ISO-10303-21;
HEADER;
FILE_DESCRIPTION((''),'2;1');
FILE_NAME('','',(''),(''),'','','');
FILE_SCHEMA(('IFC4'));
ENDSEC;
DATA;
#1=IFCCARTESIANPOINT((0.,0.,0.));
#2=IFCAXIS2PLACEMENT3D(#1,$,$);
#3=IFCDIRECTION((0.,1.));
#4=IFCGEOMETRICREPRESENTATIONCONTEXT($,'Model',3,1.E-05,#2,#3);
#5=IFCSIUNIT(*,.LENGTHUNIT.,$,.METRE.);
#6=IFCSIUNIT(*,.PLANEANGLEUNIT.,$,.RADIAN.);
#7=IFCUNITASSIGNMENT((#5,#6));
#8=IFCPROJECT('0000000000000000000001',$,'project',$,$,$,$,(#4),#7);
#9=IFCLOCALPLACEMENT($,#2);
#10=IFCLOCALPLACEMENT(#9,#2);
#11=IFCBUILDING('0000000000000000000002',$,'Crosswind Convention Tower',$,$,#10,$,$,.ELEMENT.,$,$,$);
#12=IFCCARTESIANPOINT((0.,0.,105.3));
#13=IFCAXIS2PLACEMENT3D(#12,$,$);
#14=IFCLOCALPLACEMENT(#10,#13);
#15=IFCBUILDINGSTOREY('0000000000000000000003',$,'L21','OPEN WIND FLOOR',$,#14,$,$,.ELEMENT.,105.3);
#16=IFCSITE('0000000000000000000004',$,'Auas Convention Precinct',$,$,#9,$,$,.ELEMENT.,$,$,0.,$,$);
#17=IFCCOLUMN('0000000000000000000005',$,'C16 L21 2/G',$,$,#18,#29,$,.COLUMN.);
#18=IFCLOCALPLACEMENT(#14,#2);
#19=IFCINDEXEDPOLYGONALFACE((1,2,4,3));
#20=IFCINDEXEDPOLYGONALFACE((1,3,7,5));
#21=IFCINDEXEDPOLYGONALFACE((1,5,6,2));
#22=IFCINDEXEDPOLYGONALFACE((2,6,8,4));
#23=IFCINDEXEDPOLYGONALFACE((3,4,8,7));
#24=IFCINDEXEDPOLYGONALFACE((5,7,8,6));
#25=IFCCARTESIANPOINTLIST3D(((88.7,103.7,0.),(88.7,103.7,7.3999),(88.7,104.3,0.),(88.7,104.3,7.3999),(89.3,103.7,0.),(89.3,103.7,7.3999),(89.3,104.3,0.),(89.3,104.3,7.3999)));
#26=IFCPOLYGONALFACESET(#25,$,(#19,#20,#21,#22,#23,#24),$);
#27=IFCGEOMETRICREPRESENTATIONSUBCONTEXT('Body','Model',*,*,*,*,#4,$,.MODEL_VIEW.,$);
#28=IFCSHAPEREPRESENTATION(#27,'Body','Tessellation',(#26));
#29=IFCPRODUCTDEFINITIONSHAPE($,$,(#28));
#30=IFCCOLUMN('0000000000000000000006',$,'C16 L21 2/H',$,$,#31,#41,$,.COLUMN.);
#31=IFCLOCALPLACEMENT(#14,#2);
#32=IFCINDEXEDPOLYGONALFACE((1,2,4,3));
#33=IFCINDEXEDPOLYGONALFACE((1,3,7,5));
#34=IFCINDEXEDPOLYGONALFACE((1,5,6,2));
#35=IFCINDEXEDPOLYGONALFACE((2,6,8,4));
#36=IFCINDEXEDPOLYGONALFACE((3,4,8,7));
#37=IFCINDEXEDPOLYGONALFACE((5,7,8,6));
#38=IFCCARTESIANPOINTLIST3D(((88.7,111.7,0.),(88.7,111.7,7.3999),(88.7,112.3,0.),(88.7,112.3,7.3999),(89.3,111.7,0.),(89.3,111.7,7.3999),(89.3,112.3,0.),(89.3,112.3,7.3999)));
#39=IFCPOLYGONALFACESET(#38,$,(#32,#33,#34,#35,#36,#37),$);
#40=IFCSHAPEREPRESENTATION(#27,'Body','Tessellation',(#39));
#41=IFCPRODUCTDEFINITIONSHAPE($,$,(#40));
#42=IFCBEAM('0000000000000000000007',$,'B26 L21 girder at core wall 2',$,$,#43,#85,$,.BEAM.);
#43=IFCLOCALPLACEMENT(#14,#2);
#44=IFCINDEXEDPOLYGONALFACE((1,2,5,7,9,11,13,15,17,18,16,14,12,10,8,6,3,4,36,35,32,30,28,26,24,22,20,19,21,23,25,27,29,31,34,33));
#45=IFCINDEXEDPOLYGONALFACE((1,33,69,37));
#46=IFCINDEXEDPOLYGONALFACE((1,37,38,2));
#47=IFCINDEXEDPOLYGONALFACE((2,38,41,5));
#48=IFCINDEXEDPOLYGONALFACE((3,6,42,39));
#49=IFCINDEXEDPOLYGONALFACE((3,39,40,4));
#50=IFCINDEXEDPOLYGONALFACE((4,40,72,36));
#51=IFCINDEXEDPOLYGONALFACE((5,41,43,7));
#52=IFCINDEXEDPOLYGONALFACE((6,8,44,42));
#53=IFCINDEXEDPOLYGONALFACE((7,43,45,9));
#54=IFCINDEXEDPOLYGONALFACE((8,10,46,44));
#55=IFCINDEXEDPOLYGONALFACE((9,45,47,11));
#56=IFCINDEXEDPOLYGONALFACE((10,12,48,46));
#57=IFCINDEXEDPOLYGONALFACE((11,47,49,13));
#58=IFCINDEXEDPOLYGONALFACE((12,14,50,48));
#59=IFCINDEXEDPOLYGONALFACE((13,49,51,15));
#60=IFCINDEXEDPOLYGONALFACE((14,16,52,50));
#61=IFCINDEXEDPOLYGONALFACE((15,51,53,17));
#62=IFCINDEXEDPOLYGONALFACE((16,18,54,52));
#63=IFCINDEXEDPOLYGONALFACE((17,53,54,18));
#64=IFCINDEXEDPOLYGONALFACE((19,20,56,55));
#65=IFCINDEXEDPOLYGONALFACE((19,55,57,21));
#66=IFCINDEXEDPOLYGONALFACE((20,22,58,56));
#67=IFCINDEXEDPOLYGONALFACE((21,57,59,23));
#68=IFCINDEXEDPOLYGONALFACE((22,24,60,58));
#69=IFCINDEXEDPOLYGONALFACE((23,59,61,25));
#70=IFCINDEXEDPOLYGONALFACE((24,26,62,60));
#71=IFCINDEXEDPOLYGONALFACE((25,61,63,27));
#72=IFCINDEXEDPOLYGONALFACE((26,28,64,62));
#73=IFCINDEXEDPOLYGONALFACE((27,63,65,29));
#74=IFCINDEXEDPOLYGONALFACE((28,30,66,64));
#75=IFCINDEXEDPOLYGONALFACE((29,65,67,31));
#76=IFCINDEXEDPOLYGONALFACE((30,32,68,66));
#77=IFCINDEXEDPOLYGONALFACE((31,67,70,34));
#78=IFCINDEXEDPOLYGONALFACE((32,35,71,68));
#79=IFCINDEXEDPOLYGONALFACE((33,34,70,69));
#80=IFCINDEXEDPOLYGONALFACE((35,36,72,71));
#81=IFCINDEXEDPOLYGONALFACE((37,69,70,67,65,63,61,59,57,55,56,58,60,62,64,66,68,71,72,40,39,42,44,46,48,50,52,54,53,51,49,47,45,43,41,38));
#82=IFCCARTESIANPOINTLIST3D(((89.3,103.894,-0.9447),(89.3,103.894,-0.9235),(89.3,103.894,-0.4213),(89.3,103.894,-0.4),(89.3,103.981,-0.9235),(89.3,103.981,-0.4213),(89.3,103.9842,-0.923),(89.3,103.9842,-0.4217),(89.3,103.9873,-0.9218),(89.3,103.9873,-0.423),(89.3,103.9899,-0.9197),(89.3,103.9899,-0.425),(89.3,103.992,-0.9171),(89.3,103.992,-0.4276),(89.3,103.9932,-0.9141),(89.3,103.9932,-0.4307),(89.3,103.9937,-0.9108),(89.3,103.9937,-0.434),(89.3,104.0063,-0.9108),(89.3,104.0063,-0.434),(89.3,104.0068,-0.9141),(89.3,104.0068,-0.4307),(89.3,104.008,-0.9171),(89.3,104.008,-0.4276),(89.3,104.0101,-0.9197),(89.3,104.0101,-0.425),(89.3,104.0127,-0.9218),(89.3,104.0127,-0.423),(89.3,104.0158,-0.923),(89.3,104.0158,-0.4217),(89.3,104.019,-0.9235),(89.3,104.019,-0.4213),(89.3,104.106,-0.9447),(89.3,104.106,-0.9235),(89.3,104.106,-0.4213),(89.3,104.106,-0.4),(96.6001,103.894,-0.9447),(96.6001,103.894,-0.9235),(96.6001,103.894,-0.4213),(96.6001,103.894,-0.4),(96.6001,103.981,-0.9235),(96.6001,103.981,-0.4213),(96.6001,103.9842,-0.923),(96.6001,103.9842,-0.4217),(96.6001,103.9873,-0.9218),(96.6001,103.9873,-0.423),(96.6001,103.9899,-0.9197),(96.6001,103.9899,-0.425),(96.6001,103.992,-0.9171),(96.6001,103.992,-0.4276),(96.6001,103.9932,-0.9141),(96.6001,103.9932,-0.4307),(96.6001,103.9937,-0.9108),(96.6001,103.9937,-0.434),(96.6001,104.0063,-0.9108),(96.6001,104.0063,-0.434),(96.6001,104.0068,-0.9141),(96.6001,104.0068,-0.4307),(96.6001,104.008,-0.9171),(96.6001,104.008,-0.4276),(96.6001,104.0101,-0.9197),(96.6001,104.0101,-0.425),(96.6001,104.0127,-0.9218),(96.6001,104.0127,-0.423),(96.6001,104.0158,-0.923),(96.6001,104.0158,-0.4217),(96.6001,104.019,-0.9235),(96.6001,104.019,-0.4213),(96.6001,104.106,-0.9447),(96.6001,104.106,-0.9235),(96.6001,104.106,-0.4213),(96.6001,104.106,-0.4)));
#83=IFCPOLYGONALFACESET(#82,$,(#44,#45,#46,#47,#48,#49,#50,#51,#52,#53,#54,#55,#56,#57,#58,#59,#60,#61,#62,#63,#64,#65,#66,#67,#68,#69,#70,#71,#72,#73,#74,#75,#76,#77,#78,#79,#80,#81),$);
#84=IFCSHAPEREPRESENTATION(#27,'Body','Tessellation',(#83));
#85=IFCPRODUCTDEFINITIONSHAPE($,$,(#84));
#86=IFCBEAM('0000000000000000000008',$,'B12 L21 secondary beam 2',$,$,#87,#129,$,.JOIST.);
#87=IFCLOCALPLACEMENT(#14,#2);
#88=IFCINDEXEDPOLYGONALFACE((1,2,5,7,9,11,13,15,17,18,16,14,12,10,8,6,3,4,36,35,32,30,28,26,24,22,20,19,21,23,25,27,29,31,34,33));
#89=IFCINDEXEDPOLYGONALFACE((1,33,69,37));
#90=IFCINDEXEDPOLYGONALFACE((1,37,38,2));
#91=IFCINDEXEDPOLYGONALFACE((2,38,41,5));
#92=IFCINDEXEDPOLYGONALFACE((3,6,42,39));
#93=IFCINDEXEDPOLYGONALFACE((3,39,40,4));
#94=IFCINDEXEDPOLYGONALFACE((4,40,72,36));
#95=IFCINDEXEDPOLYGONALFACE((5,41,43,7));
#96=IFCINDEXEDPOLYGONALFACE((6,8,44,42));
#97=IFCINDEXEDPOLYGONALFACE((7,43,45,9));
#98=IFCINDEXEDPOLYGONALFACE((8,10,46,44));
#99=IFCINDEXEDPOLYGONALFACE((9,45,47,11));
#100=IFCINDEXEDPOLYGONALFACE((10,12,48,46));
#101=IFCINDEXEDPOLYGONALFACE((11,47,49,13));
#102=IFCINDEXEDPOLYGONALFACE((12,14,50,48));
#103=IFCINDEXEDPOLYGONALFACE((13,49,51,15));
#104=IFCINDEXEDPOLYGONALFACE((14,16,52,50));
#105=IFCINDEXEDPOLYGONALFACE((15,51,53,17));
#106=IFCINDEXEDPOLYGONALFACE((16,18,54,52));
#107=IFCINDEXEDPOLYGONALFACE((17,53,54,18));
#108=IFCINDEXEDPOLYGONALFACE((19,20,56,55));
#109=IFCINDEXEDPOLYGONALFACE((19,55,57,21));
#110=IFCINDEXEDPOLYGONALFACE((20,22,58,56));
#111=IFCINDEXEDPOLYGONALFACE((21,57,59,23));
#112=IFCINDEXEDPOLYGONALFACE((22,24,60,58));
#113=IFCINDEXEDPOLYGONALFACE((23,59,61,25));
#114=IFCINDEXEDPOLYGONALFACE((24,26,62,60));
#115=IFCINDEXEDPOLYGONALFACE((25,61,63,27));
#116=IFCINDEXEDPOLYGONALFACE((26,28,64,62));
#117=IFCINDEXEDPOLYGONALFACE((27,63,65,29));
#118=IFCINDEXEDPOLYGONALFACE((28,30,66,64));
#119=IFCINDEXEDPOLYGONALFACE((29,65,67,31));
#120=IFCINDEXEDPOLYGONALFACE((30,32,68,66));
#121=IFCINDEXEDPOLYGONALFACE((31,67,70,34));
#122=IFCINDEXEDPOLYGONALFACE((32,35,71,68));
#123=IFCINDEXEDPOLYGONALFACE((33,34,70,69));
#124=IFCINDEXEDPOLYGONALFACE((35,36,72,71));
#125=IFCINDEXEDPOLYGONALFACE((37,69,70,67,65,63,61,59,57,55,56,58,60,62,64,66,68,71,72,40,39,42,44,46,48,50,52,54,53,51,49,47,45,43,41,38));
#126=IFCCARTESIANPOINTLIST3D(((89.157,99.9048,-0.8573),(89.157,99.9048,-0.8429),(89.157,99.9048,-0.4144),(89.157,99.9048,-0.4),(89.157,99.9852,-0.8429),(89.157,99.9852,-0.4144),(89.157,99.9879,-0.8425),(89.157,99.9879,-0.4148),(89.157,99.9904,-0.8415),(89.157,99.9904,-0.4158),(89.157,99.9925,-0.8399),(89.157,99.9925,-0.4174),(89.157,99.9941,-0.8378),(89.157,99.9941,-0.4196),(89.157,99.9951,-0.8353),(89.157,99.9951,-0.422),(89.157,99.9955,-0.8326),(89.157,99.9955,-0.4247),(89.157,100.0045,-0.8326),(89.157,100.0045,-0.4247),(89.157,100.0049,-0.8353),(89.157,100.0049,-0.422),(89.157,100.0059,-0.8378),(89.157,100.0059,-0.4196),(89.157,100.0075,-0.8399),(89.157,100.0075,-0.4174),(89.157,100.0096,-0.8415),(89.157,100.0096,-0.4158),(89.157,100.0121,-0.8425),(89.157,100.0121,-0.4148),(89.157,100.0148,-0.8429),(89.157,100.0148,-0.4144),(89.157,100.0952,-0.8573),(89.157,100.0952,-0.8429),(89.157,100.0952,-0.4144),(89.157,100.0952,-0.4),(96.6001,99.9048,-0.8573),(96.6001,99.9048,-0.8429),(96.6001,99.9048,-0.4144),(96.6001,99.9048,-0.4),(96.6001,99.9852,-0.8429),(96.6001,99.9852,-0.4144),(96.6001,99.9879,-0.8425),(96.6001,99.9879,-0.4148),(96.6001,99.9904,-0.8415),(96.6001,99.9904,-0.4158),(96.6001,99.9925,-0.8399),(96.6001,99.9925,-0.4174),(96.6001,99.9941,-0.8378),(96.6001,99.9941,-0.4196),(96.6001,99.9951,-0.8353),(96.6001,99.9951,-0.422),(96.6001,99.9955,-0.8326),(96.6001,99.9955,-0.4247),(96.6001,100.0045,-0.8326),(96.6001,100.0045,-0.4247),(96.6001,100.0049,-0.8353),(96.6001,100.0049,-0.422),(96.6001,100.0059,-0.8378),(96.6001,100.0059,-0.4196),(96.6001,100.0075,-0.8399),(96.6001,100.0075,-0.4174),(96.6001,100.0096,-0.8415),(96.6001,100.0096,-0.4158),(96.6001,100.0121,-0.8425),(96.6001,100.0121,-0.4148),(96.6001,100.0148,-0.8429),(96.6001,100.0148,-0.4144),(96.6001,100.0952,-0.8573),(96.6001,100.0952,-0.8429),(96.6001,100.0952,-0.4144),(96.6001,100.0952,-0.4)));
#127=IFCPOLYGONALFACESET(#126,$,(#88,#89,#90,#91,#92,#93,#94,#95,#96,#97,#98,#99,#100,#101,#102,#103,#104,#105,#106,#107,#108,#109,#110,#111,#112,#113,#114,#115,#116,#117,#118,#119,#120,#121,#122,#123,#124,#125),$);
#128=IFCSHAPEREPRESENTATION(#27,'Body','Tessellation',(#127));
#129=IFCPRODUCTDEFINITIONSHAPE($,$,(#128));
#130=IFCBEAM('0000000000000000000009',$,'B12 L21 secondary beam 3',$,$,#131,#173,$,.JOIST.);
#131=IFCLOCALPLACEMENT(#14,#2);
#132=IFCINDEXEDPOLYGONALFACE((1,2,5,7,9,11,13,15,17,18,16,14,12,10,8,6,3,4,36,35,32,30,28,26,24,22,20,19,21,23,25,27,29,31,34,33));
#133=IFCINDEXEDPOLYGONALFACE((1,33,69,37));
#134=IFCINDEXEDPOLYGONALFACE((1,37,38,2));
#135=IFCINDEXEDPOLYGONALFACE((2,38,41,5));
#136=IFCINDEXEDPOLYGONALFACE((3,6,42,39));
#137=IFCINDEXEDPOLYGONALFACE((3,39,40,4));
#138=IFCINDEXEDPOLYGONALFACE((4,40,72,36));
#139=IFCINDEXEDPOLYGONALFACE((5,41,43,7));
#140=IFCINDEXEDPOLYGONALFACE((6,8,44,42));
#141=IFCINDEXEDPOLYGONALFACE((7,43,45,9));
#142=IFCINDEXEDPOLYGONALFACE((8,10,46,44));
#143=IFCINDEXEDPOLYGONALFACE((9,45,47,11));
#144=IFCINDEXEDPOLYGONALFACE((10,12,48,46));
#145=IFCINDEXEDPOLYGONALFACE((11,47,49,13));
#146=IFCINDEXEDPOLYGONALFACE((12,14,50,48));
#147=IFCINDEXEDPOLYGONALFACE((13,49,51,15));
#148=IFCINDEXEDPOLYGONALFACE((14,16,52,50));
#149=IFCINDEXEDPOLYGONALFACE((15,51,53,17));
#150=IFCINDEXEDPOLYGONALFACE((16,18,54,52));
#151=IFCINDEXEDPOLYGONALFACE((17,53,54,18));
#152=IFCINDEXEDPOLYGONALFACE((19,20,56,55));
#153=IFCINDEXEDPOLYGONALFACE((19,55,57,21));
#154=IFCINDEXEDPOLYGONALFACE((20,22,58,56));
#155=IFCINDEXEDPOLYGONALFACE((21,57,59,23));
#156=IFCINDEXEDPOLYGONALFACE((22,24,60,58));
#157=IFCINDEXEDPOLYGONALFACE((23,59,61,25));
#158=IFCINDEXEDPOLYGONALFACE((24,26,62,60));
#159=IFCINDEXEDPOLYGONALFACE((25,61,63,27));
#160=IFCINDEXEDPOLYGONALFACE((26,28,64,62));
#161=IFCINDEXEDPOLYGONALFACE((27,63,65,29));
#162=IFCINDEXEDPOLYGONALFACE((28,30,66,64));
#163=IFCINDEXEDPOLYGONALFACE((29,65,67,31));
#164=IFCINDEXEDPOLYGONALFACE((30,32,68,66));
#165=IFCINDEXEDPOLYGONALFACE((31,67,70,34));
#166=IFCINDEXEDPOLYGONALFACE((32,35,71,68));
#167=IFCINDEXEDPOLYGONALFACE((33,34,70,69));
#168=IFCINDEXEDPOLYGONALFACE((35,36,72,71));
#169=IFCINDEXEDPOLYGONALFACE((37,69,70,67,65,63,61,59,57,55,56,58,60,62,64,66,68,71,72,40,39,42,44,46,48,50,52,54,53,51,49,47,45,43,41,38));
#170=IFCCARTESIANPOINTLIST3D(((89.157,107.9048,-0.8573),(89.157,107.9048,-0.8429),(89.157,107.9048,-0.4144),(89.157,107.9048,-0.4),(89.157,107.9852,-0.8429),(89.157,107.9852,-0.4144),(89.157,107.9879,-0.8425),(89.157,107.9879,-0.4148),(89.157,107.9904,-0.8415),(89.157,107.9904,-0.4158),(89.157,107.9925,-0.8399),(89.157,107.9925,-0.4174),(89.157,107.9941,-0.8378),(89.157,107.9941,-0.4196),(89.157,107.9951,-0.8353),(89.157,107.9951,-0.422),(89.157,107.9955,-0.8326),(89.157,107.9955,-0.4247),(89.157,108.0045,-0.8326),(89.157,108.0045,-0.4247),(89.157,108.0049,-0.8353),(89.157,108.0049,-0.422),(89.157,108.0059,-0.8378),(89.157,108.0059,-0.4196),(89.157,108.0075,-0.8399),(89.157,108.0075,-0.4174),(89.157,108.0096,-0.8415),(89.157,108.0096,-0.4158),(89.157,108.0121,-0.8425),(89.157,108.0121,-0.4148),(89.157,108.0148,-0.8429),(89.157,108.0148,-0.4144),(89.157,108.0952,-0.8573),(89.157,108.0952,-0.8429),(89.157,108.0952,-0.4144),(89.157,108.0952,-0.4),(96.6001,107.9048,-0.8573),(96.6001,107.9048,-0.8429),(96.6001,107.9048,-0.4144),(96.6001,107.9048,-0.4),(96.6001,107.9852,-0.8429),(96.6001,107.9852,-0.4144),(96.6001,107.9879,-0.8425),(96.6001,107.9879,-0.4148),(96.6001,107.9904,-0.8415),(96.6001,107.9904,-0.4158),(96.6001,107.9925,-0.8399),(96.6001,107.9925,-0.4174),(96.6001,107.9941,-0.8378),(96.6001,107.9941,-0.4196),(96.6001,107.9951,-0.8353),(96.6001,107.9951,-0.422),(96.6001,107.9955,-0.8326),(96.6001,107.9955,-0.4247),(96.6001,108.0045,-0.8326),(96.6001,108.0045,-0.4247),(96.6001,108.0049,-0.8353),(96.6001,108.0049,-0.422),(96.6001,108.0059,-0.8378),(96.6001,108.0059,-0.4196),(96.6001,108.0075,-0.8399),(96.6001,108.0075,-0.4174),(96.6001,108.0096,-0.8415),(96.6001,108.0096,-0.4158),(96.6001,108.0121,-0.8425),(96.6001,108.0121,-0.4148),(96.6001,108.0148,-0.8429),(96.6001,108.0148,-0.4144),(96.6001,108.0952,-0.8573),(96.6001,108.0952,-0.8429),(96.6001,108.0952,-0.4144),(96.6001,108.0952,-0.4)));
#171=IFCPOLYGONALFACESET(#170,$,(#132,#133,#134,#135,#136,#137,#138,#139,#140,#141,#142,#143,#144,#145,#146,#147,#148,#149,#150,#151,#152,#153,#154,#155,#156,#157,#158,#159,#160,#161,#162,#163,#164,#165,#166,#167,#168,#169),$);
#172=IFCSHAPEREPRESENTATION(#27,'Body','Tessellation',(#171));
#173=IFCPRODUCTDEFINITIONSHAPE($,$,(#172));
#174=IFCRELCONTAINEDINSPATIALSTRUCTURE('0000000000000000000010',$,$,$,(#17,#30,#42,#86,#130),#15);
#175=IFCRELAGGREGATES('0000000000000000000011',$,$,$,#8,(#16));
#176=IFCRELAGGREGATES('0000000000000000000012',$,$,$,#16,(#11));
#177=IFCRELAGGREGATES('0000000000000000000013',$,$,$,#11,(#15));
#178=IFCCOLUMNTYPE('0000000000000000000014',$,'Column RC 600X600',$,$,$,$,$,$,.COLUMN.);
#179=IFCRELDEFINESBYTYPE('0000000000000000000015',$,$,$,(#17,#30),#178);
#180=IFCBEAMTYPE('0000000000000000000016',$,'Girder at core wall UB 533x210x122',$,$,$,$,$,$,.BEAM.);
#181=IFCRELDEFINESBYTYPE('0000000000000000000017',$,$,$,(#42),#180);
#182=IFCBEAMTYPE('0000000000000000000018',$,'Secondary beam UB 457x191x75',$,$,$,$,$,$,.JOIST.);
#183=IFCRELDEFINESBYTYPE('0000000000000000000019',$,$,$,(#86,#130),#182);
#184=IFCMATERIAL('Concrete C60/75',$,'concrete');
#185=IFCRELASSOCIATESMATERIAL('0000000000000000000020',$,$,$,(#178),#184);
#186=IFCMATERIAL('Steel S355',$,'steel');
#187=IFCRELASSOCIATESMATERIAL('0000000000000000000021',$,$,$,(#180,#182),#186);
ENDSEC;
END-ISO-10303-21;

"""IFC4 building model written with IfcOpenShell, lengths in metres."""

from ifc_helpers import new_model, si_unit, direction, frame, origin, origin_2d, place, context, subcontext, project, spatial, rectangle, i_section, extrude, material, material_profile, profile_set, type_object, element, save


model = new_model("IFC4")

# Units and contexts
model_context = context("Model", 3, precision=1e-05, world=origin(), true_north=direction((0.0, 1.0)))
body_context = subcontext(model_context, "Body", "Model", "MODEL_VIEW")
ifc_project = project(units=[si_unit("LENGTHUNIT", "METRE"), si_unit("PLANEANGLEUNIT", "RADIAN")], contexts=[model_context])

# Site, building, storey
site_placement = place(None, origin())
site = spatial("IfcSite", under=ifc_project, at=site_placement, Name="Auas Convention Precinct", CompositionType="ELEMENT", RefElevation=0.0)
building_placement = place(site_placement, origin())
building = spatial("IfcBuilding", under=site, at=building_placement, Name="Crosswind Convention Tower", CompositionType="ELEMENT")
storey_placement = place(building_placement, frame((0.0, 0.0, 105.3)))
storey = spatial("IfcBuildingStorey", under=building, at=storey_placement, Name="L21", Description="OPEN WIND FLOOR", CompositionType="ELEMENT", Elevation=105.3)

# Columns
ifc_material_1 = material(Name="Concrete C60/75", Category="concrete")
ifc_material_profile_1 = material_profile(ifc_material_1, rectangle(XDim=0.6001, YDim=0.6001, at=origin_2d()), Name="RC 600X600")
ifc_profile_set_1 = profile_set([ifc_material_profile_1], Name="Concrete C60/75")
column_type = type_object("IfcColumnType", Name="Column RC 600X600", PredefinedType="COLUMN", material=ifc_profile_set_1)
for number, where, z_axis, x_axis, name in (
    (1, (89.0, 104.0, 0.0), (0.0, 0.0, 1.0), (1.0, 0.0, 0.0), "C16 L21 2/G"),
    (2, (89.0, 112.0, 0.0), (0.0, 0.0, 1.0), (1.0, 0.0, 0.0), "C16 L21 2/H"),
):
    element("IfcColumn", number, at=place(storey_placement, frame(where, z_axis=z_axis, x_axis=x_axis)), inside=storey, type_object=column_type, Name=name, PredefinedType="COLUMN", context=body_context, shape_type="SweptSolid", body=[
        extrude(rectangle(XDim=0.6001, YDim=0.6001, at=origin_2d()), origin(), (0.0, 0.0, 1.0), 7.3999),
    ])

# Beams
ifc_material_2 = material(Name="Steel S355", Category="steel")
ifc_material_profile_2 = material_profile(ifc_material_2, i_section(OverallWidth=0.2119, OverallDepth=0.5447, WebThickness=0.0127, FlangeThickness=0.0212, FilletRadius=0.0127, at=origin_2d()), Name="UB 533x210x122")
ifc_profile_set_2 = profile_set([ifc_material_profile_2], Name="Steel S355")
beam_type_1 = type_object("IfcBeamType", Name="Girder at core wall UB 533x210x122", PredefinedType="BEAM", material=ifc_profile_set_2)
beam_placement = place(storey_placement, frame((89.3, 104.0, -0.6724), z_axis=(1.0, 0.0, 0.0), x_axis=(0.0, 1.0, 0.0)))
element("IfcBeam", 3, at=beam_placement, inside=storey, type_object=beam_type_1, Name="B26 L21 girder at core wall 2", PredefinedType="BEAM", context=body_context, shape_type="SweptSolid", body=[
    extrude(i_section(OverallWidth=0.2119, OverallDepth=0.5447, WebThickness=0.0127, FlangeThickness=0.0212, FilletRadius=0.0127, at=origin_2d()), origin(), (0.0, 0.0, 1.0), 7.3),
])
ifc_material_profile_3 = material_profile(ifc_material_2, i_section(OverallWidth=0.1904, OverallDepth=0.4573, WebThickness=0.009, FlangeThickness=0.0144, FilletRadius=0.0103, at=origin_2d()), Name="UB 457x191x75")
ifc_profile_set_3 = profile_set([ifc_material_profile_3], Name="Steel S355")
beam_type_2 = type_object("IfcBeamType", Name="Secondary beam UB 457x191x75", PredefinedType="JOIST", material=ifc_profile_set_3)
for number, where, z_axis, x_axis, name in (
    (4, (89.157, 100.0, -0.6287), (1.0, 0.0, 0.0), (0.0, 1.0, 0.0), "B12 L21 secondary beam 2"),
    (5, (89.157, 108.0, -0.6287), (1.0, 0.0, 0.0), (0.0, 1.0, 0.0), "B12 L21 secondary beam 3"),
):
    element("IfcBeam", number, at=place(storey_placement, frame(where, z_axis=z_axis, x_axis=x_axis)), inside=storey, type_object=beam_type_2, Name=name, PredefinedType="JOIST", context=body_context, shape_type="SweptSolid", body=[
        extrude(i_section(OverallWidth=0.1904, OverallDepth=0.4573, WebThickness=0.009, FlangeThickness=0.0144, FilletRadius=0.0103, at=origin_2d()), origin(), (0.0, 0.0, 1.0), 7.4431),
    ])

save(model, "model.ifc")
